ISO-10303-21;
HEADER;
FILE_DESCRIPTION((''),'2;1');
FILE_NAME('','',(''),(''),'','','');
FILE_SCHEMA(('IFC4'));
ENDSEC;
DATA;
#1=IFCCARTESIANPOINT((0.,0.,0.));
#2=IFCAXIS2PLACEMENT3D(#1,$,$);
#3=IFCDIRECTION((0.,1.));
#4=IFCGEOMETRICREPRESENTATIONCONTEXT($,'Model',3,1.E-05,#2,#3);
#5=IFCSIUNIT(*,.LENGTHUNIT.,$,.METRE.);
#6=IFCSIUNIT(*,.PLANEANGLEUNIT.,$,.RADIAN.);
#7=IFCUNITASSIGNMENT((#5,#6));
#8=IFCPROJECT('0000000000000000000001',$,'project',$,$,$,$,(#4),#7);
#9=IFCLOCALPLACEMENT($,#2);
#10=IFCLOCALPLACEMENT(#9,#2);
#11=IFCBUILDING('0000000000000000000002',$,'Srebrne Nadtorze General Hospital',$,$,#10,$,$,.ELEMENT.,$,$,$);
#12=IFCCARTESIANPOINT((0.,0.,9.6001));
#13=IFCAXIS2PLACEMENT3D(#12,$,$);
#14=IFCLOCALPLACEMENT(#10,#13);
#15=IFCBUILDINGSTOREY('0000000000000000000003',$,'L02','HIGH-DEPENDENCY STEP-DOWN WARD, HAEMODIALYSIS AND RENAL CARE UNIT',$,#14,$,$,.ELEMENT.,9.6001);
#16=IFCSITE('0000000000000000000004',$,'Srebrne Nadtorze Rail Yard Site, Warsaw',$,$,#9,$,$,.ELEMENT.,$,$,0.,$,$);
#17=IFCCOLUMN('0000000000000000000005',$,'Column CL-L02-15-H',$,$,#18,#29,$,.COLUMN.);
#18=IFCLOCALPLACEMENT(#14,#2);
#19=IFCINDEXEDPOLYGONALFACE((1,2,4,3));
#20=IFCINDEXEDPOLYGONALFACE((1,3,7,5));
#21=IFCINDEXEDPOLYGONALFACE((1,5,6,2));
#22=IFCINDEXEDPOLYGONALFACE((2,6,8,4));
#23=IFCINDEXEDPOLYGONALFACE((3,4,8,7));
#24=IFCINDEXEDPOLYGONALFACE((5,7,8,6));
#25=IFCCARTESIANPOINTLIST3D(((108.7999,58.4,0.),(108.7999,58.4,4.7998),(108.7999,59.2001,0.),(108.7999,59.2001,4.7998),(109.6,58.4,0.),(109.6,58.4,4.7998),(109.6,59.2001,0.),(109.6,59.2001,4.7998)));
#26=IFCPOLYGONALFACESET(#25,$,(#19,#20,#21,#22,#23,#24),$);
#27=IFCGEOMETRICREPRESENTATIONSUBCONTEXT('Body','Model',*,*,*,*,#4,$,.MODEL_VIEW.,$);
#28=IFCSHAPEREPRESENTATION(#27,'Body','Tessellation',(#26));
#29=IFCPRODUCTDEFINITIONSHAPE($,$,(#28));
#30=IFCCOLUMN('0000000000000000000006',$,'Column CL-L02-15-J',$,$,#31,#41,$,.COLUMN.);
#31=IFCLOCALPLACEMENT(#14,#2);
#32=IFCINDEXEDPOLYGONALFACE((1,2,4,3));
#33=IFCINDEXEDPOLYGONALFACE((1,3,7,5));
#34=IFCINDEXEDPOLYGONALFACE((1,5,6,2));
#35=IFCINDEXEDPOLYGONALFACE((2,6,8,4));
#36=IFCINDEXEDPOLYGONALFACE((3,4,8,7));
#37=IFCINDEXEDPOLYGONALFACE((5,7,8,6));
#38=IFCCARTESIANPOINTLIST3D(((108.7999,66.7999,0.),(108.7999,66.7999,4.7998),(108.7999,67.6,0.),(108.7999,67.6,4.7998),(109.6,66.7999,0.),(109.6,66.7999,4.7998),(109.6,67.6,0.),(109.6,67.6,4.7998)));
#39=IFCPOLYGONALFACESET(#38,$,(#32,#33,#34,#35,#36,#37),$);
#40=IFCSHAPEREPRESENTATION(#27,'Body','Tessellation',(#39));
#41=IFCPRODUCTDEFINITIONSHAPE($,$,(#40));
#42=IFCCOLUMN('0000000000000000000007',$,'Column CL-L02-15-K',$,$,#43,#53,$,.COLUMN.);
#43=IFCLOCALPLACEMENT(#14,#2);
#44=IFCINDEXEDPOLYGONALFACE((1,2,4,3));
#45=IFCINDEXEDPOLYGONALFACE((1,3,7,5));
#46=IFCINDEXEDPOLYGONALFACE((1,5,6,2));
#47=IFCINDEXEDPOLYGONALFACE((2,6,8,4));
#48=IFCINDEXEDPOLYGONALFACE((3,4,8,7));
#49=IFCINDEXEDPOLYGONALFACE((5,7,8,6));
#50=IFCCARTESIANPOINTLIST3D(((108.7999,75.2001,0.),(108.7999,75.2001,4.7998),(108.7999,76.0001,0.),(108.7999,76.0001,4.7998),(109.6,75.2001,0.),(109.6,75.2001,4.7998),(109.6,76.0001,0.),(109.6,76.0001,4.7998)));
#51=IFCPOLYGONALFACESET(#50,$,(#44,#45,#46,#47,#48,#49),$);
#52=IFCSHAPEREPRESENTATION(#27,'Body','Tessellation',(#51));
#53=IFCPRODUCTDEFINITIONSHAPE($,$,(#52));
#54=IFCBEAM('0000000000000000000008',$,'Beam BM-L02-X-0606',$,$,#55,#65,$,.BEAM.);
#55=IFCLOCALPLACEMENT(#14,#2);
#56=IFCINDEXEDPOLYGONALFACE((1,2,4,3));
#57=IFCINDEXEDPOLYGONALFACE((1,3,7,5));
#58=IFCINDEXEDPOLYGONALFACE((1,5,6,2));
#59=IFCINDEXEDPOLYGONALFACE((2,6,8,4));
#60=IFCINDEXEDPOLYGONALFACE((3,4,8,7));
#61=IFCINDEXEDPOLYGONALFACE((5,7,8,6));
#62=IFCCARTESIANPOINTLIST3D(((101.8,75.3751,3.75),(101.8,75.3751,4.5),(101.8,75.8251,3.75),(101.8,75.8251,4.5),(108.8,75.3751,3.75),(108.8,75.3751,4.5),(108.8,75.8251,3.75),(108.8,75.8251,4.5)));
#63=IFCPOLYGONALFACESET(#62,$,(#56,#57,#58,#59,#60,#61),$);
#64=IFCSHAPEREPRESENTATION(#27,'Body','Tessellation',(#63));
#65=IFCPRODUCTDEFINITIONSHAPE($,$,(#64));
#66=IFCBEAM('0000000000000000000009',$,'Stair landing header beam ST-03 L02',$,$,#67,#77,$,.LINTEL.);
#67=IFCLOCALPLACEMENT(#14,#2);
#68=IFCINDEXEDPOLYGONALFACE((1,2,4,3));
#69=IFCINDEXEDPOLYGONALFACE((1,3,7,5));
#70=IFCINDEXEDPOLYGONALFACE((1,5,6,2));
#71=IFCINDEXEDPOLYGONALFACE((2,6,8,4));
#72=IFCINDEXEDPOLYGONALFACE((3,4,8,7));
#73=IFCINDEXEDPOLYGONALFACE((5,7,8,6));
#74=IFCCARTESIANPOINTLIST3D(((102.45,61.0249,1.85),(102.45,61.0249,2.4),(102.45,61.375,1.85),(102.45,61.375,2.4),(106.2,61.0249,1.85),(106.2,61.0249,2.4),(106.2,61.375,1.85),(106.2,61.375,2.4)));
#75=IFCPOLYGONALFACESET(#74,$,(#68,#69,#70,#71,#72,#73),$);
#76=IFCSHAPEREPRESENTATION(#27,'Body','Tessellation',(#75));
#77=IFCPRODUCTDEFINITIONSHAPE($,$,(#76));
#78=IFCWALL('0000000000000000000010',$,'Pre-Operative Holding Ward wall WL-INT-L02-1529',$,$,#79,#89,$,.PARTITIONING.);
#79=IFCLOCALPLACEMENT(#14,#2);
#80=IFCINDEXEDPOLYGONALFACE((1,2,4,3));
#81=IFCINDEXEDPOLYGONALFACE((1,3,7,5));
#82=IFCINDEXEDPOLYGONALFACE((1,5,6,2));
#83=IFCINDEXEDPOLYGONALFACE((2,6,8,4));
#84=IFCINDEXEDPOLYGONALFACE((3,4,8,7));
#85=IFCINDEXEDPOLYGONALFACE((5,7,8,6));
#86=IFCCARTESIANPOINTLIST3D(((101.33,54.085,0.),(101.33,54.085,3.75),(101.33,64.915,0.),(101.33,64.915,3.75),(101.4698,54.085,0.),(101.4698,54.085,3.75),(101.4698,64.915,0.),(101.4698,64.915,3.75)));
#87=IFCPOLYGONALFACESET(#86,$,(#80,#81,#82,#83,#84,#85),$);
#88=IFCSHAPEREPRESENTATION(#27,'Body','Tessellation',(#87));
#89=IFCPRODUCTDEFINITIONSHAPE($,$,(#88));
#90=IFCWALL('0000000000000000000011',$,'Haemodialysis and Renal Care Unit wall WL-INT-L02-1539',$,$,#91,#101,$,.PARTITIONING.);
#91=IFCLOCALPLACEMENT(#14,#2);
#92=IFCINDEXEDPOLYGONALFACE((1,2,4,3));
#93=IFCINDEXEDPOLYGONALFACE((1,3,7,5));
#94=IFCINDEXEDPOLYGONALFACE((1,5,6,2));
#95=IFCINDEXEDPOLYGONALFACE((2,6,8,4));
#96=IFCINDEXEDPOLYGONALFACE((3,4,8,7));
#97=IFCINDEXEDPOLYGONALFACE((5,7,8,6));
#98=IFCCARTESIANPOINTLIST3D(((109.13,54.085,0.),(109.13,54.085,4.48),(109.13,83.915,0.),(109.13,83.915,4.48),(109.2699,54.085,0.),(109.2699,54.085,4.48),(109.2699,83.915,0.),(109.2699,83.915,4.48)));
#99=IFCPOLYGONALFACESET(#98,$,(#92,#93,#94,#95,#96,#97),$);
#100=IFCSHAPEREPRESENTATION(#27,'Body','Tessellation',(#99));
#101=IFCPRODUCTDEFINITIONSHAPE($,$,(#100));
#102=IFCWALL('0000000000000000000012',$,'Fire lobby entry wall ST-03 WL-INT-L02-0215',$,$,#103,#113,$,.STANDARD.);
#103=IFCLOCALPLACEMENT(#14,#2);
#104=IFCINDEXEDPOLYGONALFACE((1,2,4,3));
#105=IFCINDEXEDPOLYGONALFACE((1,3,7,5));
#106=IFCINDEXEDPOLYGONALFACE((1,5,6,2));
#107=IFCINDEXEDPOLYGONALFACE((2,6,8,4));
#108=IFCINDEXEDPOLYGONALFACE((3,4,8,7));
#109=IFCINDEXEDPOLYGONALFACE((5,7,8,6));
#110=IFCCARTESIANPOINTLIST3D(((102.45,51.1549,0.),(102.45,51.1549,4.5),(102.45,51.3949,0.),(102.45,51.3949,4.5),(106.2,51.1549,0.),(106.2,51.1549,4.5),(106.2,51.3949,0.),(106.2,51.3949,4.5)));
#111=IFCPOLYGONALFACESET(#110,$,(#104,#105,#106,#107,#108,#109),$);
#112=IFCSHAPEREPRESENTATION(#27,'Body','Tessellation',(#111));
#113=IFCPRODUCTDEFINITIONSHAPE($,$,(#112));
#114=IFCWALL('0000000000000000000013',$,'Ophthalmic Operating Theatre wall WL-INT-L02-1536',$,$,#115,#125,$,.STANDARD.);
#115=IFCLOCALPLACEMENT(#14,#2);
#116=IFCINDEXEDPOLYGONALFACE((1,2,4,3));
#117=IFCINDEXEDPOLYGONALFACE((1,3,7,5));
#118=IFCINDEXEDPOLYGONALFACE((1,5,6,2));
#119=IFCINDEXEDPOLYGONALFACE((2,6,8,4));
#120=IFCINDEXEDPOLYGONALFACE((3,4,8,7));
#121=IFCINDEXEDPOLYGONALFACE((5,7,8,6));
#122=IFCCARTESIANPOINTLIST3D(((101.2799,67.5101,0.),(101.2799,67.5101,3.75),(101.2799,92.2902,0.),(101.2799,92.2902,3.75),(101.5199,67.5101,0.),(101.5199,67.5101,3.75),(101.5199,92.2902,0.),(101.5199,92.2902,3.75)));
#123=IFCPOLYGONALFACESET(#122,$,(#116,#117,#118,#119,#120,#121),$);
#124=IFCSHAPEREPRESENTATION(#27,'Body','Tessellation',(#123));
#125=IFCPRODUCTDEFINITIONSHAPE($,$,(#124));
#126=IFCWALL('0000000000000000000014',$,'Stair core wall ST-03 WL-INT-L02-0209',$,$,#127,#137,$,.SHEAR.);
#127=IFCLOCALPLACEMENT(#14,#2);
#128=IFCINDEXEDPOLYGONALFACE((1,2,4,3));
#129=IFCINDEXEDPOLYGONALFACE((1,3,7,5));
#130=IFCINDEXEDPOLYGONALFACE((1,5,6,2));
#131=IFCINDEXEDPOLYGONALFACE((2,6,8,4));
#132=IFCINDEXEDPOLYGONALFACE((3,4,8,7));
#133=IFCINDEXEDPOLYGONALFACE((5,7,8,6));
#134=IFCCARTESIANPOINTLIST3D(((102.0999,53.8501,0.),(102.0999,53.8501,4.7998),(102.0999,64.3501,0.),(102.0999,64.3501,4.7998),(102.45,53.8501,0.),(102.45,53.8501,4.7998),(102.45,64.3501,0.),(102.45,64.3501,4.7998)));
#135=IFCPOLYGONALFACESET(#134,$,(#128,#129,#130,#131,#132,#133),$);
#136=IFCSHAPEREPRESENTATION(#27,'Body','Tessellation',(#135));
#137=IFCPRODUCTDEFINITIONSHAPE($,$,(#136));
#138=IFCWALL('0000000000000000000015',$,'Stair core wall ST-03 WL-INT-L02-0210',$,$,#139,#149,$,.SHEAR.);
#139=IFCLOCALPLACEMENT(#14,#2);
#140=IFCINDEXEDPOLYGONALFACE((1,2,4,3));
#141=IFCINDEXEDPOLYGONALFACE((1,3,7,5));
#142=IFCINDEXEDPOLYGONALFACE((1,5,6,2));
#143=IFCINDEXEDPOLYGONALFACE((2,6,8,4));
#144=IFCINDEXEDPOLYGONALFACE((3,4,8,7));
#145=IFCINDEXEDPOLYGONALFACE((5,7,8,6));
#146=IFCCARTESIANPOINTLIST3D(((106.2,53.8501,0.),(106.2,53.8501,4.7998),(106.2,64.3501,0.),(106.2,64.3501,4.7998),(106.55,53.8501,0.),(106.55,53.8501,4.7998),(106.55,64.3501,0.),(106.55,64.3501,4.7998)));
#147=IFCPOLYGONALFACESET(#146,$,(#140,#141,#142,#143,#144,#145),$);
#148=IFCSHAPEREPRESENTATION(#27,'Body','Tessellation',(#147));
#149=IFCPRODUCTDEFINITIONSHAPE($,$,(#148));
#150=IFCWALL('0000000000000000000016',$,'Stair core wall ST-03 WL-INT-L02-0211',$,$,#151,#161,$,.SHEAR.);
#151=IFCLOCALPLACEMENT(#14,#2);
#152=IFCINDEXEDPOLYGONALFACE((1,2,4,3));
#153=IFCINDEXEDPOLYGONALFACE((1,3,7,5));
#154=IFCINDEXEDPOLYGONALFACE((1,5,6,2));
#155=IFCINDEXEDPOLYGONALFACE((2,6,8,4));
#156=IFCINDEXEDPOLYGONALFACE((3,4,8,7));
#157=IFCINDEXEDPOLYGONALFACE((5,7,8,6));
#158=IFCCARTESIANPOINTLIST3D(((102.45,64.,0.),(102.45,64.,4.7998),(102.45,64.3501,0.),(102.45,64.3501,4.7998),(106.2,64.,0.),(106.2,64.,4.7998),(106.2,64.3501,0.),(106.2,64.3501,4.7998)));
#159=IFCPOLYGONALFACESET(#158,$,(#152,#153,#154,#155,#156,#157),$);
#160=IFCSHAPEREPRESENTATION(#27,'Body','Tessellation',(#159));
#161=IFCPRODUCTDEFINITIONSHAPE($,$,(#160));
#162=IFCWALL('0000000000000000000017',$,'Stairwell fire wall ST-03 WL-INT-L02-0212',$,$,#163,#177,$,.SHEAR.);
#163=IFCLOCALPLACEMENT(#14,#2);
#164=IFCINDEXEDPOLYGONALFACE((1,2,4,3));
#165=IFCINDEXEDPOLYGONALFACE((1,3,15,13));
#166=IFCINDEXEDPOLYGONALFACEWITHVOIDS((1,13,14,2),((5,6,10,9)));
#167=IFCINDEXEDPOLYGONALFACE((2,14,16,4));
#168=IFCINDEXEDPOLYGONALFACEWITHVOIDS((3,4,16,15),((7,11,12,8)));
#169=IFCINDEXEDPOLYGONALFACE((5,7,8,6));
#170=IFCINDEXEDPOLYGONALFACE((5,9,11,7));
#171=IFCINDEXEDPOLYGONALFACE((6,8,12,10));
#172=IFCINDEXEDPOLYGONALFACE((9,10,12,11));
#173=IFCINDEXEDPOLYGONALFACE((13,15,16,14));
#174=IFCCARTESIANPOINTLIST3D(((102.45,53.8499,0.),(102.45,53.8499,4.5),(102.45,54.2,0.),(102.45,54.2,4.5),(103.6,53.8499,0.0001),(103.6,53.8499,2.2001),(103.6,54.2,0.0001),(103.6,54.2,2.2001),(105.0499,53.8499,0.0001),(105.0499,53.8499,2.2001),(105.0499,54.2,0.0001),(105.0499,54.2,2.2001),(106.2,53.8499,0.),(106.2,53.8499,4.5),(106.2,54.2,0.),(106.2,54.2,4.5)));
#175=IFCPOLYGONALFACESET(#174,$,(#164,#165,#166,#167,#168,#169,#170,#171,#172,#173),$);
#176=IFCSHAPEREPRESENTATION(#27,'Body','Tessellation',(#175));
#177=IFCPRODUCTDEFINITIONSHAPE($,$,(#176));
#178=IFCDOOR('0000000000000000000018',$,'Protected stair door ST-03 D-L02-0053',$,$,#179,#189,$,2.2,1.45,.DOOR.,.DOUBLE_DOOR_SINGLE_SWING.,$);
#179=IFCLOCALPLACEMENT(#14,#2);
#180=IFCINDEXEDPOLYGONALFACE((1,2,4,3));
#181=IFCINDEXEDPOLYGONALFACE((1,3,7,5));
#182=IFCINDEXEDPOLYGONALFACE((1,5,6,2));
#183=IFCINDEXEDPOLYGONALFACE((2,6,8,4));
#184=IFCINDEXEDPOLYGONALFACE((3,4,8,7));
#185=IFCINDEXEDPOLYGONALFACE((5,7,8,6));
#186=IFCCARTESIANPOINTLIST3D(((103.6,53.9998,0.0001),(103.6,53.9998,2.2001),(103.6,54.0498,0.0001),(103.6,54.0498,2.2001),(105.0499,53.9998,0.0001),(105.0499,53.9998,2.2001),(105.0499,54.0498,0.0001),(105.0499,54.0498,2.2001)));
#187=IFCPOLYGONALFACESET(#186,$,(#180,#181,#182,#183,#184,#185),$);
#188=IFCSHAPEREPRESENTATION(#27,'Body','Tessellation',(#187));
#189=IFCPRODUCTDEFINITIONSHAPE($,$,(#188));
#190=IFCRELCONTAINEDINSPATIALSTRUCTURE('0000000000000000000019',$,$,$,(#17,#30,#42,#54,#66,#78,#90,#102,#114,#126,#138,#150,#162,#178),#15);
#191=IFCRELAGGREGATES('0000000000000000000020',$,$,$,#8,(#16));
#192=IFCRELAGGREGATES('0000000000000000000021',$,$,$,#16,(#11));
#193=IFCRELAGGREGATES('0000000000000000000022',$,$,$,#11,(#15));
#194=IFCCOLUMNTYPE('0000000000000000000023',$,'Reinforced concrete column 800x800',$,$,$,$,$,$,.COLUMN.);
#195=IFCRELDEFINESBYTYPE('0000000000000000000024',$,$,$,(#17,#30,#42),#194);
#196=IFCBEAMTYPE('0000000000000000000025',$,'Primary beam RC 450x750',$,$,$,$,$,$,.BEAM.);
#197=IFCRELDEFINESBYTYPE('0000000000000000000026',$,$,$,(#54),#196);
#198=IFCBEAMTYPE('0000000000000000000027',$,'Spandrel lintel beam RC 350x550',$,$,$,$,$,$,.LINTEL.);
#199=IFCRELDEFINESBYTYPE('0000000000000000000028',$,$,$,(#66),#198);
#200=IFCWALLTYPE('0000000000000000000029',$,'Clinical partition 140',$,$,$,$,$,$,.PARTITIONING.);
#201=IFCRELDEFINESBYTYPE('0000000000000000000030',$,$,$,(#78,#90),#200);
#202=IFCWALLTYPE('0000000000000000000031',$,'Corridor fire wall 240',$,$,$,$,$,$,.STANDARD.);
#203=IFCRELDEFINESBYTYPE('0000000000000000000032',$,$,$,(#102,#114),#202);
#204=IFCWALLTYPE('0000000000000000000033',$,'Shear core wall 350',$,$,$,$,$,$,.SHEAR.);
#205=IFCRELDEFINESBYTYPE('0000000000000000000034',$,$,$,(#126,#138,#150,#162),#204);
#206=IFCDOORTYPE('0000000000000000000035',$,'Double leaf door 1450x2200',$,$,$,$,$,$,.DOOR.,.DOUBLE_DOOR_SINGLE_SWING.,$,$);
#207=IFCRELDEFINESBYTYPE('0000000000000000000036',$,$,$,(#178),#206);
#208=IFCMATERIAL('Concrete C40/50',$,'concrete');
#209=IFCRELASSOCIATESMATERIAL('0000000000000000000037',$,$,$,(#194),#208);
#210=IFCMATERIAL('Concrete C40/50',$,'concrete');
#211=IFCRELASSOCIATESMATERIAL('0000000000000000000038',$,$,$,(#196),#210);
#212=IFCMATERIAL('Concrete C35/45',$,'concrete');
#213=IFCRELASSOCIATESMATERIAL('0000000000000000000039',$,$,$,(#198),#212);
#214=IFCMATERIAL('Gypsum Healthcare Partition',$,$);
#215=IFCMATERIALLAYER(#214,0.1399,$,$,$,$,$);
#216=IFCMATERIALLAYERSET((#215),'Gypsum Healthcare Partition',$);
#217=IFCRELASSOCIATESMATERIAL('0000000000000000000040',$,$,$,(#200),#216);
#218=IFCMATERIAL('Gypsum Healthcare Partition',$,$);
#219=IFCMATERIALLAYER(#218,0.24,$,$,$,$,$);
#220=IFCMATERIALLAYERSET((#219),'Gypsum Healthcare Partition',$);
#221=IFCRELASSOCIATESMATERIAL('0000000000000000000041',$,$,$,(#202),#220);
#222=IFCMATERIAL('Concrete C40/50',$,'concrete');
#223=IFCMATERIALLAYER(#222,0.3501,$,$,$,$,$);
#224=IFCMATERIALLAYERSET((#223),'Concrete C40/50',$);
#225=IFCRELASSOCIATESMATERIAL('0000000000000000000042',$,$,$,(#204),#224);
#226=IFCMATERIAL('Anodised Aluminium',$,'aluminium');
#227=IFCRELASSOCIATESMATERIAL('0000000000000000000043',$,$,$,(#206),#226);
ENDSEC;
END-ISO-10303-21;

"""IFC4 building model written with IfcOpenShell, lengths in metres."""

from ifc_helpers import new_model, si_unit, direction, frame, frame_2d, origin, origin_2d, place, context, subcontext, project, spatial, rectangle, extrude, material, layer, layer_set, material_profile, profile_set, type_object, element, fill, save


model = new_model("IFC4")

# Units and contexts
model_context = context("Model", 3, precision=1e-05, world=origin(), true_north=direction((0.0, 1.0)))
body_context = subcontext(model_context, "Body", "Model", "MODEL_VIEW")
ifc_project = project(units=[si_unit("LENGTHUNIT", "METRE"), si_unit("PLANEANGLEUNIT", "RADIAN")], contexts=[model_context])

# Site, building, storey
site_placement = place(None, origin())
site = spatial("IfcSite", under=ifc_project, at=site_placement, Name="Srebrne Nadtorze Rail Yard Site, Warsaw", CompositionType="ELEMENT", RefElevation=0.0)
building_placement = place(site_placement, origin())
building = spatial("IfcBuilding", under=site, at=building_placement, Name="Srebrne Nadtorze General Hospital", CompositionType="ELEMENT")
storey_placement = place(building_placement, frame((0.0, 0.0, 9.6001)))
storey = spatial("IfcBuildingStorey", under=building, at=storey_placement, Name="L02", Description="HIGH-DEPENDENCY STEP-DOWN WARD, HAEMODIALYSIS AND RENAL CARE UNIT", CompositionType="ELEMENT", Elevation=9.6001)

# Columns
ifc_material_1 = material(Name="Concrete C40/50", Category="concrete")
ifc_material_profile_1 = material_profile(ifc_material_1, rectangle(XDim=0.8, YDim=0.8, at=origin_2d()), Name="RC-COL-800x800")
ifc_profile_set_1 = profile_set([ifc_material_profile_1], Name="Concrete C40/50")
column_type = type_object("IfcColumnType", Name="Reinforced concrete column 800x800", PredefinedType="COLUMN", material=ifc_profile_set_1)
for number, where, z_axis, x_axis, name in (
    (1, (109.2, 58.8, 0.0), (0.0, 0.0, 1.0), (1.0, 0.0, 0.0), "Column CL-L02-15-H"),
    (2, (109.2, 67.2, 0.0), (0.0, 0.0, 1.0), (1.0, 0.0, 0.0), "Column CL-L02-15-J"),
    (3, (109.2, 75.6001, 0.0), (0.0, 0.0, 1.0), (1.0, 0.0, 0.0), "Column CL-L02-15-K"),
):
    element("IfcColumn", number, at=place(storey_placement, frame(where, z_axis=z_axis, x_axis=x_axis)), inside=storey, type_object=column_type, Name=name, PredefinedType="COLUMN", context=body_context, shape_type="SweptSolid", body=[
        extrude(rectangle(XDim=0.8, YDim=0.8, at=origin_2d()), origin(), (0.0, 0.0, 1.0), 4.7998),
    ])

# Beams
ifc_material_2 = material(Name="Concrete C40/50", Category="concrete")
ifc_material_profile_2 = material_profile(ifc_material_2, rectangle(XDim=0.45, YDim=0.75, at=origin_2d()), Name="RC-BM-450x750")
ifc_profile_set_2 = profile_set([ifc_material_profile_2], Name="Concrete C40/50")
beam_type_1 = type_object("IfcBeamType", Name="Primary beam RC 450x750", PredefinedType="BEAM", material=ifc_profile_set_2)
beam_1_placement = place(storey_placement, frame((101.8, 75.6001, 4.125), z_axis=(1.0, 0.0, 0.0), x_axis=(0.0, 1.0, 0.0)))
element("IfcBeam", 4, at=beam_1_placement, inside=storey, type_object=beam_type_1, Name="Beam BM-L02-X-0606", PredefinedType="BEAM", context=body_context, shape_type="SweptSolid", body=[
    extrude(rectangle(XDim=0.45, YDim=0.75, at=origin_2d()), origin(), (0.0, 0.0, 1.0), 7.0),
])
ifc_material_3 = material(Name="Concrete C35/45", Category="concrete")
ifc_material_profile_3 = material_profile(ifc_material_3, rectangle(XDim=0.3501, YDim=0.55, at=origin_2d()), Name="RC-BM-350x550")
ifc_profile_set_3 = profile_set([ifc_material_profile_3], Name="Concrete C35/45")
beam_type_2 = type_object("IfcBeamType", Name="Spandrel lintel beam RC 350x550", PredefinedType="LINTEL", material=ifc_profile_set_3)
beam_2_placement = place(storey_placement, frame((102.45, 61.2, 2.125), z_axis=(1.0, 0.0, 0.0), x_axis=(0.0, 1.0, 0.0)))
element("IfcBeam", 5, at=beam_2_placement, inside=storey, type_object=beam_type_2, Name="Stair landing header beam ST-03 L02", PredefinedType="LINTEL", context=body_context, shape_type="SweptSolid", body=[
    extrude(rectangle(XDim=0.3501, YDim=0.55, at=origin_2d()), origin(), (0.0, 0.0, 1.0), 3.75),
])

# Walls
ifc_material_4 = material(Name="Gypsum Healthcare Partition")
ifc_layer_1 = layer(ifc_material_4, 0.1399)
ifc_layer_set_1 = layer_set([ifc_layer_1], Name="Gypsum Healthcare Partition")
wall_type_1 = type_object("IfcWallType", Name="Clinical partition 140", PredefinedType="PARTITIONING", material=ifc_layer_set_1)
wall_1_placement = place(storey_placement, frame((101.3999, 54.085, 0.0), z_axis=(0.0, 0.0, 1.0), x_axis=(0.0, 1.0, 0.0)))
element("IfcWall", 6, at=wall_1_placement, inside=storey, type_object=wall_type_1, Name="Pre-Operative Holding Ward wall WL-INT-L02-1529", PredefinedType="PARTITIONING", context=body_context, shape_type="SweptSolid", body=[
    extrude(rectangle(XDim=10.8301, YDim=0.1399, at=frame_2d((5.415, 0.0))), origin(), (0.0, 0.0, 1.0), 3.75),
])
wall_2_placement = place(storey_placement, frame((109.2, 54.085, 0.0), z_axis=(0.0, 0.0, 1.0), x_axis=(0.0, 1.0, 0.0)))
element("IfcWall", 7, at=wall_2_placement, inside=storey, type_object=wall_type_1, Name="Haemodialysis and Renal Care Unit wall WL-INT-L02-1539", PredefinedType="PARTITIONING", context=body_context, shape_type="SweptSolid", body=[
    extrude(rectangle(XDim=29.8301, YDim=0.1399, at=frame_2d((14.915, 0.0))), origin(), (0.0, 0.0, 1.0), 4.48),
])
ifc_material_5 = material(Name="Gypsum Healthcare Partition")
ifc_layer_2 = layer(ifc_material_5, 0.24)
ifc_layer_set_2 = layer_set([ifc_layer_2], Name="Gypsum Healthcare Partition")
wall_type_2 = type_object("IfcWallType", Name="Corridor fire wall 240", PredefinedType="STANDARD", material=ifc_layer_set_2)
wall_3_placement = place(storey_placement, frame((102.45, 51.2749, 0.0), z_axis=(0.0, 0.0, 1.0), x_axis=(1.0, 0.0, 0.0)))
element("IfcWall", 8, at=wall_3_placement, inside=storey, type_object=wall_type_2, Name="Fire lobby entry wall ST-03 WL-INT-L02-0215", PredefinedType="STANDARD", context=body_context, shape_type="SweptSolid", body=[
    extrude(rectangle(XDim=3.75, YDim=0.24, at=frame_2d((1.875, 0.0))), origin(), (0.0, 0.0, 1.0), 4.5),
])
wall_4_placement = place(storey_placement, frame((101.3999, 67.51, 0.0), z_axis=(0.0, 0.0, 1.0), x_axis=(0.0, 1.0, 0.0)))
element("IfcWall", 9, at=wall_4_placement, inside=storey, type_object=wall_type_2, Name="Ophthalmic Operating Theatre wall WL-INT-L02-1536", PredefinedType="STANDARD", context=body_context, shape_type="SweptSolid", body=[
    extrude(rectangle(XDim=24.78, YDim=0.24, at=frame_2d((12.3901, 0.0))), origin(), (0.0, 0.0, 1.0), 3.75),
])
ifc_material_6 = material(Name="Concrete C40/50", Category="concrete")
ifc_layer_3 = layer(ifc_material_6, 0.3501)
ifc_layer_set_3 = layer_set([ifc_layer_3], Name="Concrete C40/50")
wall_type_3 = type_object("IfcWallType", Name="Shear core wall 350", PredefinedType="SHEAR", material=ifc_layer_set_3)
for number, where, z_axis, x_axis, name in (
    (10, (102.2749, 53.8501, 0.0), (0.0, 0.0, 1.0), (0.0, 1.0, 0.0), "Stair core wall ST-03 WL-INT-L02-0209"),
    (11, (106.375, 53.8501, 0.0), (0.0, 0.0, 1.0), (0.0, 1.0, 0.0), "Stair core wall ST-03 WL-INT-L02-0210"),
):
    element("IfcWall", number, at=place(storey_placement, frame(where, z_axis=z_axis, x_axis=x_axis)), inside=storey, type_object=wall_type_3, Name=name, PredefinedType="SHEAR", context=body_context, shape_type="SweptSolid", body=[
        extrude(rectangle(XDim=10.5, YDim=0.3501, at=frame_2d((5.25, 0.0))), origin(), (0.0, 0.0, 1.0), 4.7998),
    ])
wall_5_placement = place(storey_placement, frame((102.45, 64.175, 0.0), z_axis=(0.0, 0.0, 1.0), x_axis=(1.0, 0.0, 0.0)))
element("IfcWall", 12, at=wall_5_placement, inside=storey, type_object=wall_type_3, Name="Stair core wall ST-03 WL-INT-L02-0211", PredefinedType="SHEAR", context=body_context, shape_type="SweptSolid", body=[
    extrude(rectangle(XDim=3.75, YDim=0.3501, at=frame_2d((1.875, 0.0))), origin(), (0.0, 0.0, 1.0), 4.7998),
])

# Wall, opening, door
wall_6_placement = place(storey_placement, frame((102.45, 54.0249, 0.0), z_axis=(0.0, 0.0, 1.0), x_axis=(1.0, 0.0, 0.0)))
wall_6 = element("IfcWall", 13, at=wall_6_placement, inside=storey, type_object=wall_type_3, Name="Stairwell fire wall ST-03 WL-INT-L02-0212", PredefinedType="SHEAR", context=body_context, shape_type="SweptSolid", body=[
    extrude(rectangle(XDim=3.75, YDim=0.3501, at=frame_2d((1.875, 0.0))), origin(), (0.0, 0.0, 1.0), 4.5),
])
opening_placement = place(wall_6_placement, frame((1.1499, 0.0, 0.0)))
opening = element("IfcOpeningElement", 14, at=opening_placement, cuts=wall_6, PredefinedType="OPENING", context=body_context, shape_type="SweptSolid", body=[
    extrude(rectangle(XDim=1.45, YDim=2.2, at=frame_2d((0.7251, 1.1001))), frame((0.0, 0.187, 0.0), z_axis=(0.0, -1.0, 0.0), x_axis=(1.0, 0.0, 0.0)), (0.0, 0.0, 1.0), 0.374),
])
ifc_material_7 = material(Name="Anodised Aluminium", Category="aluminium")
door_type = type_object("IfcDoorType", Name="Double leaf door 1450x2200", OperationType="DOUBLE_DOOR_SINGLE_SWING", PredefinedType="DOOR", material=ifc_material_7)
door_placement = place(opening_placement, origin())
door = element("IfcDoor", 15, at=door_placement, inside=storey, type_object=door_type, Name="Protected stair door ST-03 D-L02-0053", OperationType="DOUBLE_DOOR_SINGLE_SWING", OverallHeight=2.2, OverallWidth=1.45, PredefinedType="DOOR", context=body_context, shape_type="SweptSolid", body=[
    extrude(rectangle(XDim=1.45, YDim=2.2, at=frame_2d((0.7251, 1.1001))), frame((0.0, 0.0249, 0.0), z_axis=(0.0, -1.0, 0.0), x_axis=(1.0, 0.0, 0.0)), (0.0, 0.0, 1.0), 0.05),
])
fill(opening, door)

save(model, "model.ifc")
